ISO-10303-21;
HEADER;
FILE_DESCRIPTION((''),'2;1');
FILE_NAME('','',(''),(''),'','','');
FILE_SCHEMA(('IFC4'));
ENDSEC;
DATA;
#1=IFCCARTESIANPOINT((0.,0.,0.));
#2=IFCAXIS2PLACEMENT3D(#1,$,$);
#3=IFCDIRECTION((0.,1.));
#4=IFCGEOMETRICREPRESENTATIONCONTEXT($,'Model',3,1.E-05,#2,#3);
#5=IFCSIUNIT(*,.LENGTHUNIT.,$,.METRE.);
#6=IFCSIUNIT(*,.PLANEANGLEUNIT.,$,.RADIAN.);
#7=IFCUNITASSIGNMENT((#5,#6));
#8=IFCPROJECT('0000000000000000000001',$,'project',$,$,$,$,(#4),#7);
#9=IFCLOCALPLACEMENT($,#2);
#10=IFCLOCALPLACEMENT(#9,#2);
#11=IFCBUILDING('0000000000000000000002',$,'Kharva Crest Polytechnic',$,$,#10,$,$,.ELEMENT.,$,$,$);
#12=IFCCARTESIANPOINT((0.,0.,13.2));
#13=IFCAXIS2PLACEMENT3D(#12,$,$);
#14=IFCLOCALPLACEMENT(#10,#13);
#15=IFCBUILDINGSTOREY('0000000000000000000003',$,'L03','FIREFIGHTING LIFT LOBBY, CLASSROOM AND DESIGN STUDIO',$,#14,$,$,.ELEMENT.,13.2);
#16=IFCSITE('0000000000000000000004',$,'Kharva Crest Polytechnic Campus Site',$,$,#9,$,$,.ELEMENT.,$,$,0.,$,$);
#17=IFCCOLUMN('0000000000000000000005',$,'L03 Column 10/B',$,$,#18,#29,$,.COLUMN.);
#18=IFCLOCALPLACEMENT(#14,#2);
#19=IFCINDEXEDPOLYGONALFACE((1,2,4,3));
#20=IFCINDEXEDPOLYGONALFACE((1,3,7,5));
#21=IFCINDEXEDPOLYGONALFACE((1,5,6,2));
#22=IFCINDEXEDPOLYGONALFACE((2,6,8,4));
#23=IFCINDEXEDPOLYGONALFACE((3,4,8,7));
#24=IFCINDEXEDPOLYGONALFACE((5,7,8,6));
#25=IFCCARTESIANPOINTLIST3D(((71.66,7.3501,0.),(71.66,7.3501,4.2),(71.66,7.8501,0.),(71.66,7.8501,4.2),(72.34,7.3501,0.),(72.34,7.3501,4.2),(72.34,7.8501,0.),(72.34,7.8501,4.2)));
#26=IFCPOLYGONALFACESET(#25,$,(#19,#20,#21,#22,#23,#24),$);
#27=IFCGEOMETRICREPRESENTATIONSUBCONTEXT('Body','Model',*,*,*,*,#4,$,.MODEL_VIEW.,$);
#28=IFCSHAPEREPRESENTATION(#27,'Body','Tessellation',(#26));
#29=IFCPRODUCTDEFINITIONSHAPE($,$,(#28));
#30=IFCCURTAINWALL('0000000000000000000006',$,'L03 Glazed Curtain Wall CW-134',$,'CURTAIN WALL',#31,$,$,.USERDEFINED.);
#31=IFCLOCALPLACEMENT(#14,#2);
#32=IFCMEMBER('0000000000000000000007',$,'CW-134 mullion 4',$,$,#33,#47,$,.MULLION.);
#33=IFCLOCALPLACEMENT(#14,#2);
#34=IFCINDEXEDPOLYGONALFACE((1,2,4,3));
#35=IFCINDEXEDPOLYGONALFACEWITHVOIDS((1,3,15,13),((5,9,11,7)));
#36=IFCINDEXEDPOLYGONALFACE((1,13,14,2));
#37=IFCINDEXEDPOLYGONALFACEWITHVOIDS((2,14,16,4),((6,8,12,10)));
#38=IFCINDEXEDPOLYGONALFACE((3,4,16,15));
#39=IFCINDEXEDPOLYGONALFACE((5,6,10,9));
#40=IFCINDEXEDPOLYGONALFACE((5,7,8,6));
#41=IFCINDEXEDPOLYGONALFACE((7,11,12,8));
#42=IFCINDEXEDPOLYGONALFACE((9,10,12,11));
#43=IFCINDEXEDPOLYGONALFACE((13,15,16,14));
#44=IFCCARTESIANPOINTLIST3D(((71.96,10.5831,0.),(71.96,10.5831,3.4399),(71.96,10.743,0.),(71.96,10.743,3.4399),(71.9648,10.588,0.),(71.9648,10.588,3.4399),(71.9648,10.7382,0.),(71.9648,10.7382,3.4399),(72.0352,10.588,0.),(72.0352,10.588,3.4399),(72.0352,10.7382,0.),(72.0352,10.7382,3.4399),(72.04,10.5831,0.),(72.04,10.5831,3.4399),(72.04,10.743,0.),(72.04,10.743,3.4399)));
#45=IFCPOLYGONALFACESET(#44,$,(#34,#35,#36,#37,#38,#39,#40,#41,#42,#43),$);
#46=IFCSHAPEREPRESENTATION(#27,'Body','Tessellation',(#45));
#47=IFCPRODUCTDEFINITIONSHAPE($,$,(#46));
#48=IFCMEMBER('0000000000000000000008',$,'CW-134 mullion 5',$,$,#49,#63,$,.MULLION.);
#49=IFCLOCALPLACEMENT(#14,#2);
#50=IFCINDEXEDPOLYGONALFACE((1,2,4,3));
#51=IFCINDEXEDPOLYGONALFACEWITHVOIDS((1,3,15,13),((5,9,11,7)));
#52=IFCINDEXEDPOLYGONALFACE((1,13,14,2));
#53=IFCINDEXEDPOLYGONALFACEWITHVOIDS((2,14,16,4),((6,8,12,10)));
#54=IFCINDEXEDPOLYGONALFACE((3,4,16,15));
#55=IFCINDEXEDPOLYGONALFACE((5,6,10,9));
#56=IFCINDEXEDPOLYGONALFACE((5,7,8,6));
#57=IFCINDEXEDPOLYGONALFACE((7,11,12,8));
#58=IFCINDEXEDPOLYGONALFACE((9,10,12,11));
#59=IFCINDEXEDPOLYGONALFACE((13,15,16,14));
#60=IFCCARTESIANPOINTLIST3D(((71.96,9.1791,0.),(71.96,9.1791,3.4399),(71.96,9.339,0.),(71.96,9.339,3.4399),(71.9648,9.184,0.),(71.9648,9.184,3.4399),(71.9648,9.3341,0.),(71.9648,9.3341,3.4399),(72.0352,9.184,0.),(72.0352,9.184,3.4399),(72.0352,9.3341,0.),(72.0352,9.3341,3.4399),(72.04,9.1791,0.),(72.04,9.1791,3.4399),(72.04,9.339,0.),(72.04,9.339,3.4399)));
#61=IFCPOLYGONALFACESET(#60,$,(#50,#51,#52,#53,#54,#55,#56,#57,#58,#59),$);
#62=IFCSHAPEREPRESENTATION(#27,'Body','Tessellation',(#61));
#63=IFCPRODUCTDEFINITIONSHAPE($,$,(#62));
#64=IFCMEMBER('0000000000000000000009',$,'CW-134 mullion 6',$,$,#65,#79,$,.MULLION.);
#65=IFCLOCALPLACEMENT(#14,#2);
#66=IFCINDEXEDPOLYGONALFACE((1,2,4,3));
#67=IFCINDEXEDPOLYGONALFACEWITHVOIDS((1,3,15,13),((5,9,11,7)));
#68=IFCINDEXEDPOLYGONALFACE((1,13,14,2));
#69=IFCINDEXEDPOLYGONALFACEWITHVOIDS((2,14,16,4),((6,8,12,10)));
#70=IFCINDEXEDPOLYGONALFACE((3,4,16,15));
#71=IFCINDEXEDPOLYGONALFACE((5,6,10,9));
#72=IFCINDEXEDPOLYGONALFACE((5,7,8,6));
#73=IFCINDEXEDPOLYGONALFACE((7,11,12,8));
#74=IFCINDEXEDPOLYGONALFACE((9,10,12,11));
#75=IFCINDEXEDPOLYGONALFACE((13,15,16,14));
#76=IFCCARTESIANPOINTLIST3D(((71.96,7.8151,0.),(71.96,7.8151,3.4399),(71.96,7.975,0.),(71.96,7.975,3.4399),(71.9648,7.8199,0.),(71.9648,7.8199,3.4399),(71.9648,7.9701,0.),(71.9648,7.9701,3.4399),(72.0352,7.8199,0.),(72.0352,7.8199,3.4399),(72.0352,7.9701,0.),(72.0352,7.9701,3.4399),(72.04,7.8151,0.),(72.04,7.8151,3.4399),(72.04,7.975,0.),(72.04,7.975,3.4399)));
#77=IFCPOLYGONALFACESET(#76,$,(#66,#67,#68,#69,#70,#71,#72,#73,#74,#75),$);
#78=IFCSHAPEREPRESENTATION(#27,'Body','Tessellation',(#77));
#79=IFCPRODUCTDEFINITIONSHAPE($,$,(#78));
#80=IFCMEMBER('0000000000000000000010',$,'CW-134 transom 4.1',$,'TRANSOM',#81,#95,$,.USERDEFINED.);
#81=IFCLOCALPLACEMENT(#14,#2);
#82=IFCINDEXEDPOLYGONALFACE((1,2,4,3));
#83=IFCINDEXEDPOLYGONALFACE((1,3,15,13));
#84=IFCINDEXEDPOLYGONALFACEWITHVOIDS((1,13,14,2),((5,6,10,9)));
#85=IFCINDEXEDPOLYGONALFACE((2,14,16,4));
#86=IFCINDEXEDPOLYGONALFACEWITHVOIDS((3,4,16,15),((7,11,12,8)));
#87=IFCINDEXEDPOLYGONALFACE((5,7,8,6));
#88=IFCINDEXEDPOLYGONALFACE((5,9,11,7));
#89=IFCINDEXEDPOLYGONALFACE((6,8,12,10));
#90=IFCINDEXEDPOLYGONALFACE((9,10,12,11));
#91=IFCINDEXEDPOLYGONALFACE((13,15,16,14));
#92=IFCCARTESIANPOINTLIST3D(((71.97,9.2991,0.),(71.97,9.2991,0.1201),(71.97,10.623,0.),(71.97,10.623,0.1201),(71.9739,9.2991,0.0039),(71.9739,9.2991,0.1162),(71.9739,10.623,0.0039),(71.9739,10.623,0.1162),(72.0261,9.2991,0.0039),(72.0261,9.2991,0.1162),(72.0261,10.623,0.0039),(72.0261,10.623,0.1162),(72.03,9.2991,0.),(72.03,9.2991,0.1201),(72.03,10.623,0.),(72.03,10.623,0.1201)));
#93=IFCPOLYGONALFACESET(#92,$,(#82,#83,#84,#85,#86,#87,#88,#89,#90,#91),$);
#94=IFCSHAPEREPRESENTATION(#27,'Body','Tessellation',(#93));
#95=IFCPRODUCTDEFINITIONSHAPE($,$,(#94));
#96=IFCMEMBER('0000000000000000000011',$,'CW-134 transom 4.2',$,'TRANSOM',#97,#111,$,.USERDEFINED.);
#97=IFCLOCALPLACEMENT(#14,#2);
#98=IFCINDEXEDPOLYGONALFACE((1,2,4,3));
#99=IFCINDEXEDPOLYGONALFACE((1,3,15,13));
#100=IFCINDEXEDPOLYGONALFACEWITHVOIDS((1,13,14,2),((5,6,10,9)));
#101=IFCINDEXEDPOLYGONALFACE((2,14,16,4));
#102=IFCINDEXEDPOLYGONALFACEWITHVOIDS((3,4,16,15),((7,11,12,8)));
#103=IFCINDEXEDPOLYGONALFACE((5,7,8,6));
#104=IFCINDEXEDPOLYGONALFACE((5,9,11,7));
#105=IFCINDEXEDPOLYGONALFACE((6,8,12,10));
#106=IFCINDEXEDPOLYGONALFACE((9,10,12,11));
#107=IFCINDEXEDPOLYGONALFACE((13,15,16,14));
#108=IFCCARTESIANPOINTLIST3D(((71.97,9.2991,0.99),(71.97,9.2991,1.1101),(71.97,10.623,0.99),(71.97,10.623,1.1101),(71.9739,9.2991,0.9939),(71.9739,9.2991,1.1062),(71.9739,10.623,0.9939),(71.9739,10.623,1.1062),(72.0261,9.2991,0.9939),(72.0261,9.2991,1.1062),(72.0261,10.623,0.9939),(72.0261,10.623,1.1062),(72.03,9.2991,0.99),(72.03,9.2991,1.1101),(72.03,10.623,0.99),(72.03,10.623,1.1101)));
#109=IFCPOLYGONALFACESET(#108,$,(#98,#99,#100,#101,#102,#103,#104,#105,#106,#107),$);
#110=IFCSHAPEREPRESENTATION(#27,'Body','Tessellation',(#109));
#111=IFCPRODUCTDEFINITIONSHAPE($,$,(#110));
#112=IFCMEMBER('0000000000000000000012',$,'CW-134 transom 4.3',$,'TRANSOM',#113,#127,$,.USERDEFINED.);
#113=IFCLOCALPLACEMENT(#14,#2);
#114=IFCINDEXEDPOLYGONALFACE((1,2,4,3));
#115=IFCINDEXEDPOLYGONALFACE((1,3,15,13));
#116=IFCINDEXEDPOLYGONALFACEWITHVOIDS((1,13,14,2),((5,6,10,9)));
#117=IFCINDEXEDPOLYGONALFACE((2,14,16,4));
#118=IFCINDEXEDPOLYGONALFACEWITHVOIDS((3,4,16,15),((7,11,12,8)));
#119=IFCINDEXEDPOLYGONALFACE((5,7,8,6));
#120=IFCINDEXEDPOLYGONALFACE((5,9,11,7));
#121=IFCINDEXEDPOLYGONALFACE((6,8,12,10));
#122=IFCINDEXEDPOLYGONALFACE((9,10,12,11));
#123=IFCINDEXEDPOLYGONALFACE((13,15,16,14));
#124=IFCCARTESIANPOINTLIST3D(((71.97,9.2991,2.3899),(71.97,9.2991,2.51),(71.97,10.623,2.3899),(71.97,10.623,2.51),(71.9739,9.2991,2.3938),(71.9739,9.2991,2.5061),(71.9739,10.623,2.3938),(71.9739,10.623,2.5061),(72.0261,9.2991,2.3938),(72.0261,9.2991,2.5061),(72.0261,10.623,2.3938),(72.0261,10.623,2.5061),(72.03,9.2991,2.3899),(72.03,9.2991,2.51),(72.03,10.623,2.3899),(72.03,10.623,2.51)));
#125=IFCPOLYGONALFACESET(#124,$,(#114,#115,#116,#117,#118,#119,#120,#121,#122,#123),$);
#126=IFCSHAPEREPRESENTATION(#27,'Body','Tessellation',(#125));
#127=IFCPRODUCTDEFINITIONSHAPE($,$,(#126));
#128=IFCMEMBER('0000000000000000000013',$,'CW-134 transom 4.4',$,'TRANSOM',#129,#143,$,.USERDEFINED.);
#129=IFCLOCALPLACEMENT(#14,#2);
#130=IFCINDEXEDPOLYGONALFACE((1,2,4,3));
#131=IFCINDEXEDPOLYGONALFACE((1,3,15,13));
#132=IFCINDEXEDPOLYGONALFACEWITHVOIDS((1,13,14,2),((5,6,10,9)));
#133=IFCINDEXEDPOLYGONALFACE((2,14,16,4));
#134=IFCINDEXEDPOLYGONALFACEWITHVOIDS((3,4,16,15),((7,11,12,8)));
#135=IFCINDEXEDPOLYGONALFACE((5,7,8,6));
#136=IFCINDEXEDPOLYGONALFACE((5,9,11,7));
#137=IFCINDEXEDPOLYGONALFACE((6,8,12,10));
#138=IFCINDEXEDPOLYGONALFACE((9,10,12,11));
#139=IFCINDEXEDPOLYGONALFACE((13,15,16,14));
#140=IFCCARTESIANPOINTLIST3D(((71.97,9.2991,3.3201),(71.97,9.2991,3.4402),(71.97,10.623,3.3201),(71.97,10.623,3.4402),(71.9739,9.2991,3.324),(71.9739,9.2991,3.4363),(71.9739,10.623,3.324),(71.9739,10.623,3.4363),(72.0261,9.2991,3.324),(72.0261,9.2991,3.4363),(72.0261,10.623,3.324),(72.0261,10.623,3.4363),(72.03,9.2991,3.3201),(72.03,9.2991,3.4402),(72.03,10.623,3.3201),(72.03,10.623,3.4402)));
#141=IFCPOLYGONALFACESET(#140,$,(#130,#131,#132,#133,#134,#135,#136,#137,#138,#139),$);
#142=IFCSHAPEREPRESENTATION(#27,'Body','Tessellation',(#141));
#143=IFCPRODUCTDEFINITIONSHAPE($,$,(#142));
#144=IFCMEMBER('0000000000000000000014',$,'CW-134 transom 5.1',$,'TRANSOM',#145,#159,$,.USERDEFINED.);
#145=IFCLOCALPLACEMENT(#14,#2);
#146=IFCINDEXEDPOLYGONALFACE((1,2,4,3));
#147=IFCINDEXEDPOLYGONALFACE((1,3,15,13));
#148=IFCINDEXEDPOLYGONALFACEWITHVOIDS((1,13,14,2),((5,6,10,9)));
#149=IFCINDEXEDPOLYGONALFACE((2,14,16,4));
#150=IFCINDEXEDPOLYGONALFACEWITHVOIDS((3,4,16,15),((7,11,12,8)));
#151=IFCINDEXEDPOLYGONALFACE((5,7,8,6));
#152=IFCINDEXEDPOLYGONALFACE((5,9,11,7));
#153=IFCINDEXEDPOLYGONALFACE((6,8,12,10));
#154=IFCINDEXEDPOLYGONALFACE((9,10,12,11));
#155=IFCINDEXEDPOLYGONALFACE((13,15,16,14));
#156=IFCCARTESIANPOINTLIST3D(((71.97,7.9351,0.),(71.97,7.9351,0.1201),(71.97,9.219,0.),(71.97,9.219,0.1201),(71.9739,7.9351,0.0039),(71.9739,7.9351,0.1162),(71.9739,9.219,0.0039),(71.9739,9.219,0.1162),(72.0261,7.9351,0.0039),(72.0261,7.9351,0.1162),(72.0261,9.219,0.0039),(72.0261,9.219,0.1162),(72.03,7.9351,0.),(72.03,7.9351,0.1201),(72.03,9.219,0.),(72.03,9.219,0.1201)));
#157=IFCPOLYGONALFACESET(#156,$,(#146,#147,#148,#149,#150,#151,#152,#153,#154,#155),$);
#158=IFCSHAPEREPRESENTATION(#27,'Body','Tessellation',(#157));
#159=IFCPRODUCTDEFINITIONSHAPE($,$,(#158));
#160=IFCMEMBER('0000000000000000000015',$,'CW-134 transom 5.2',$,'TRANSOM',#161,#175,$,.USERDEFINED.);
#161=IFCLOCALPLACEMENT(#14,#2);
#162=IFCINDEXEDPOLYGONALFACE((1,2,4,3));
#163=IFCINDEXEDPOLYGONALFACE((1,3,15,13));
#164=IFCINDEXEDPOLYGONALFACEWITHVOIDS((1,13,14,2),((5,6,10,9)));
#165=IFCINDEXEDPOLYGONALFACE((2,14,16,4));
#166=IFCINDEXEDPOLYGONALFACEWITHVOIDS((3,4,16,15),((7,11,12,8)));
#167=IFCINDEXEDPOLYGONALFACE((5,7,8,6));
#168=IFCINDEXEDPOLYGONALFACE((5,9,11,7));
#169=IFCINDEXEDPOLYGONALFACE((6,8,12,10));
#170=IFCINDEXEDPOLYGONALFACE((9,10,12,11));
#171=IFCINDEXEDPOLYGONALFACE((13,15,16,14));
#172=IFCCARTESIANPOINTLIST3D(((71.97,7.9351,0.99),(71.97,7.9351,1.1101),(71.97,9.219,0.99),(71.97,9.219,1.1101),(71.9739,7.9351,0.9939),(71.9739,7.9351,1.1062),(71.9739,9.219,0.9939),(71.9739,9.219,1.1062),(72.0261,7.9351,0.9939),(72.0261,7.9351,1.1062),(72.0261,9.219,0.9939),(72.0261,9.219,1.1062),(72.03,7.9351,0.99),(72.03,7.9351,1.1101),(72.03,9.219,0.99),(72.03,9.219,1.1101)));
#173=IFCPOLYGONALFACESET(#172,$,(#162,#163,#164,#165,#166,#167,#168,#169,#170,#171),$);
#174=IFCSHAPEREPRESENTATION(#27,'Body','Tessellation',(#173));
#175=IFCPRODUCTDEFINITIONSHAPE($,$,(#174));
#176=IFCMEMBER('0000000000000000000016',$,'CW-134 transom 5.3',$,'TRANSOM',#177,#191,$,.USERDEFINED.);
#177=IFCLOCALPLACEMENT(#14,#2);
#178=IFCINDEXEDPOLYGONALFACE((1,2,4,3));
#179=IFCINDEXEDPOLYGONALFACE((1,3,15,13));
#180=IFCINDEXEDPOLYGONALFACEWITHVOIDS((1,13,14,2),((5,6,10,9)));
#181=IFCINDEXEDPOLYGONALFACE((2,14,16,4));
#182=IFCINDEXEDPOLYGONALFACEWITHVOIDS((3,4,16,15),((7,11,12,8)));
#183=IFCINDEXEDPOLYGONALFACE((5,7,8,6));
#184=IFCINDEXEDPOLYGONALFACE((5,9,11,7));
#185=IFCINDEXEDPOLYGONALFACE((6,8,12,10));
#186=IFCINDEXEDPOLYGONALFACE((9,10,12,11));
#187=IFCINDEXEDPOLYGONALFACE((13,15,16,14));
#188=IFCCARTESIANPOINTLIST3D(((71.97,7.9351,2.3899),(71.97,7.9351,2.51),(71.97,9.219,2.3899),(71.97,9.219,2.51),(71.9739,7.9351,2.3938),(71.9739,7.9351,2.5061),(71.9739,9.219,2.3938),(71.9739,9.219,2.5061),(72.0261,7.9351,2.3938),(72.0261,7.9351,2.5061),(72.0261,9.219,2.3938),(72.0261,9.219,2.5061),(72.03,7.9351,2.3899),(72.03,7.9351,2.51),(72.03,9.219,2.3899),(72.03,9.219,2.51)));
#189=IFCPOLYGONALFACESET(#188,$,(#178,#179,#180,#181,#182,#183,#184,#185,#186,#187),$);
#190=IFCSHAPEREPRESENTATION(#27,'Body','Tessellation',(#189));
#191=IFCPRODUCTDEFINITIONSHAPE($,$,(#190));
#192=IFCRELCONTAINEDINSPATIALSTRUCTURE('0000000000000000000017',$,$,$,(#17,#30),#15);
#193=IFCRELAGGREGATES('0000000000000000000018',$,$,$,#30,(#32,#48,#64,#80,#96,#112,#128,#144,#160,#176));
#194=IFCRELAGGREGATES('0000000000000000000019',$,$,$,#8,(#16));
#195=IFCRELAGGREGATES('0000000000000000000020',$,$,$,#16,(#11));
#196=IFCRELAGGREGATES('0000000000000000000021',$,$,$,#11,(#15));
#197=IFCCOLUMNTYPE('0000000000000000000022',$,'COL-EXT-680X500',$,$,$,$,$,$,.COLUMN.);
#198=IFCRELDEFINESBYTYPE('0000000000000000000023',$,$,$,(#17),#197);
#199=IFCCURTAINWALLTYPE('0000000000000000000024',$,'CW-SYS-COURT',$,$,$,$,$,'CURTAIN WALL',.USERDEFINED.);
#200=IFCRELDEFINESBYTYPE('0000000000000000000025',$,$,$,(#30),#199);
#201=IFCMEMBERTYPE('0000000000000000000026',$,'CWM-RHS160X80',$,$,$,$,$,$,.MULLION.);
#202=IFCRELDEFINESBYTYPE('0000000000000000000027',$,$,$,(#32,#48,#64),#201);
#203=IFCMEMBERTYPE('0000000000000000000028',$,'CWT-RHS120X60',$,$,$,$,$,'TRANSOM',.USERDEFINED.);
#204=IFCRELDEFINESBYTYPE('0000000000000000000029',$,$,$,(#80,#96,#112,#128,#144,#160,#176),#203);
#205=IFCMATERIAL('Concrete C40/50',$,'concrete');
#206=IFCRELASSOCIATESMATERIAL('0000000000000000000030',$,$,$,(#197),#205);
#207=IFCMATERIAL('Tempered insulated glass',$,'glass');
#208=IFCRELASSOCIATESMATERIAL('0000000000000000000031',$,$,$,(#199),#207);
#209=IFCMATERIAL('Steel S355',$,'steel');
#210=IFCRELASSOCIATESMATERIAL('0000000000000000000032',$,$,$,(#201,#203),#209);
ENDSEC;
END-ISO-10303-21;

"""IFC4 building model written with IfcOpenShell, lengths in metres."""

from ifc_helpers import new_model, si_unit, direction, frame, origin, origin_2d, place, context, subcontext, project, spatial, rectangle, hollow_rectangle, extrude, material, material_profile, profile_set, type_object, element, aggregate, save


model = new_model("IFC4")

# Units and contexts
model_context = context("Model", 3, precision=1e-05, world=origin(), true_north=direction((0.0, 1.0)))
body_context = subcontext(model_context, "Body", "Model", "MODEL_VIEW")
ifc_project = project(units=[si_unit("LENGTHUNIT", "METRE"), si_unit("PLANEANGLEUNIT", "RADIAN")], contexts=[model_context])

# Site, building, storey
site_placement = place(None, origin())
site = spatial("IfcSite", under=ifc_project, at=site_placement, Name="Kharva Crest Polytechnic Campus Site", CompositionType="ELEMENT", RefElevation=0.0)
building_placement = place(site_placement, origin())
building = spatial("IfcBuilding", under=site, at=building_placement, Name="Kharva Crest Polytechnic", CompositionType="ELEMENT")
storey_placement = place(building_placement, frame((0.0, 0.0, 13.2)))
storey = spatial("IfcBuildingStorey", under=building, at=storey_placement, Name="L03", Description="FIREFIGHTING LIFT LOBBY, CLASSROOM AND DESIGN STUDIO", CompositionType="ELEMENT", Elevation=13.2)

# Column
ifc_material_1 = material(Name="Concrete C40/50", Category="concrete")
ifc_material_profile_1 = material_profile(ifc_material_1, rectangle(XDim=0.6799, YDim=0.5, at=origin_2d()), Name="RECT 680 X 500")
ifc_profile_set_1 = profile_set([ifc_material_profile_1], Name="Concrete C40/50")
column_type = type_object("IfcColumnType", Name="COL-EXT-680X500", PredefinedType="COLUMN", material=ifc_profile_set_1)
column_placement = place(storey_placement, frame((72.0, 7.6001, 0.0), z_axis=(0.0, 0.0, 1.0), x_axis=(1.0, 0.0, 0.0)))
element("IfcColumn", 1, at=column_placement, inside=storey, type_object=column_type, Name="L03 Column 10/B", PredefinedType="COLUMN", context=body_context, shape_type="SweptSolid", body=[
    extrude(rectangle(XDim=0.6799, YDim=0.5, at=origin_2d()), origin(), (0.0, 0.0, 1.0), 4.2),
])

# Curtain wall, members
ifc_material_2 = material(Name="Tempered insulated glass", Category="glass")
curtain_wall_type = type_object("IfcCurtainWallType", Name="CW-SYS-COURT", ElementType="CURTAIN WALL", PredefinedType="USERDEFINED", material=ifc_material_2)
curtain_wall_placement = place(storey_placement, origin())
curtain_wall = element("IfcCurtainWall", 2, at=curtain_wall_placement, inside=storey, type_object=curtain_wall_type, Name="L03 Glazed Curtain Wall CW-134", ObjectType="CURTAIN WALL", PredefinedType="USERDEFINED")
ifc_material_3 = material(Name="Steel S355", Category="steel")
ifc_material_profile_2 = material_profile(ifc_material_3, hollow_rectangle(XDim=0.0801, YDim=0.1599, WallThickness=0.0049, at=origin_2d()), Name="RHS 160X80X5.0")
ifc_profile_set_2 = profile_set([ifc_material_profile_2], Name="Steel S355")
member_type_1 = type_object("IfcMemberType", Name="CWM-RHS160X80", PredefinedType="MULLION", material=ifc_profile_set_2)
member_1_placement = place(storey_placement, frame((72.0, 10.6631, 0.0), z_axis=(0.0, 0.0, 1.0), x_axis=(1.0, 0.0, 0.0)))
member_1 = element("IfcMember", 3, at=member_1_placement, type_object=member_type_1, Name="CW-134 mullion 4", PredefinedType="MULLION", context=body_context, shape_type="SweptSolid", body=[
    extrude(hollow_rectangle(XDim=0.0801, YDim=0.1599, WallThickness=0.0049, at=origin_2d()), origin(), (0.0, 0.0, 1.0), 3.4399),
])
member_2_placement = place(storey_placement, frame((72.0, 9.259, 0.0), z_axis=(0.0, 0.0, 1.0), x_axis=(1.0, 0.0, 0.0)))
member_2 = element("IfcMember", 4, at=member_2_placement, type_object=member_type_1, Name="CW-134 mullion 5", PredefinedType="MULLION", context=body_context, shape_type="SweptSolid", body=[
    extrude(hollow_rectangle(XDim=0.0801, YDim=0.1599, WallThickness=0.0049, at=origin_2d()), origin(), (0.0, 0.0, 1.0), 3.4399),
])
member_3_placement = place(storey_placement, frame((72.0, 7.895, 0.0), z_axis=(0.0, 0.0, 1.0), x_axis=(1.0, 0.0, 0.0)))
member_3 = element("IfcMember", 5, at=member_3_placement, type_object=member_type_1, Name="CW-134 mullion 6", PredefinedType="MULLION", context=body_context, shape_type="SweptSolid", body=[
    extrude(hollow_rectangle(XDim=0.0801, YDim=0.1599, WallThickness=0.0049, at=origin_2d()), origin(), (0.0, 0.0, 1.0), 3.4399),
])
ifc_material_profile_3 = material_profile(ifc_material_3, hollow_rectangle(XDim=0.0601, YDim=0.1201, WallThickness=0.0039, at=origin_2d()), Name="RHS 120X60X4.0")
ifc_profile_set_3 = profile_set([ifc_material_profile_3], Name="Steel S355")
member_type_2 = type_object("IfcMemberType", Name="CWT-RHS120X60", ElementType="TRANSOM", PredefinedType="USERDEFINED", material=ifc_profile_set_3)
member_4_placement = place(storey_placement, frame((72.0, 10.623, 0.0601), z_axis=(0.0, -1.0, 0.0), x_axis=(1.0, 0.0, 0.0)))
member_4 = element("IfcMember", 6, at=member_4_placement, type_object=member_type_2, Name="CW-134 transom 4.1", ObjectType="TRANSOM", PredefinedType="USERDEFINED", context=body_context, shape_type="SweptSolid", body=[
    extrude(hollow_rectangle(XDim=0.0601, YDim=0.1201, WallThickness=0.0039, at=origin_2d()), origin(), (0.0, 0.0, 1.0), 1.324),
])
member_5_placement = place(storey_placement, frame((72.0, 10.623, 1.05), z_axis=(0.0, -1.0, 0.0), x_axis=(1.0, 0.0, 0.0)))
member_5 = element("IfcMember", 7, at=member_5_placement, type_object=member_type_2, Name="CW-134 transom 4.2", ObjectType="TRANSOM", PredefinedType="USERDEFINED", context=body_context, shape_type="SweptSolid", body=[
    extrude(hollow_rectangle(XDim=0.0601, YDim=0.1201, WallThickness=0.0039, at=origin_2d()), origin(), (0.0, 0.0, 1.0), 1.324),
])
member_6_placement = place(storey_placement, frame((72.0, 10.623, 2.45), z_axis=(0.0, -1.0, 0.0), x_axis=(1.0, 0.0, 0.0)))
member_6 = element("IfcMember", 8, at=member_6_placement, type_object=member_type_2, Name="CW-134 transom 4.3", ObjectType="TRANSOM", PredefinedType="USERDEFINED", context=body_context, shape_type="SweptSolid", body=[
    extrude(hollow_rectangle(XDim=0.0601, YDim=0.1201, WallThickness=0.0039, at=origin_2d()), origin(), (0.0, 0.0, 1.0), 1.324),
])
member_7_placement = place(storey_placement, frame((72.0, 10.623, 3.3801), z_axis=(0.0, -1.0, 0.0), x_axis=(1.0, 0.0, 0.0)))
member_7 = element("IfcMember", 9, at=member_7_placement, type_object=member_type_2, Name="CW-134 transom 4.4", ObjectType="TRANSOM", PredefinedType="USERDEFINED", context=body_context, shape_type="SweptSolid", body=[
    extrude(hollow_rectangle(XDim=0.0601, YDim=0.1201, WallThickness=0.0039, at=origin_2d()), origin(), (0.0, 0.0, 1.0), 1.324),
])
member_8_placement = place(storey_placement, frame((72.0, 9.219, 0.0601), z_axis=(0.0, -1.0, 0.0), x_axis=(1.0, 0.0, 0.0)))
member_8 = element("IfcMember", 10, at=member_8_placement, type_object=member_type_2, Name="CW-134 transom 5.1", ObjectType="TRANSOM", PredefinedType="USERDEFINED", context=body_context, shape_type="SweptSolid", body=[
    extrude(hollow_rectangle(XDim=0.0601, YDim=0.1201, WallThickness=0.0039, at=origin_2d()), origin(), (0.0, 0.0, 1.0), 1.2839),
])
member_9_placement = place(storey_placement, frame((72.0, 9.219, 1.05), z_axis=(0.0, -1.0, 0.0), x_axis=(1.0, 0.0, 0.0)))
member_9 = element("IfcMember", 11, at=member_9_placement, type_object=member_type_2, Name="CW-134 transom 5.2", ObjectType="TRANSOM", PredefinedType="USERDEFINED", context=body_context, shape_type="SweptSolid", body=[
    extrude(hollow_rectangle(XDim=0.0601, YDim=0.1201, WallThickness=0.0039, at=origin_2d()), origin(), (0.0, 0.0, 1.0), 1.2839),
])
member_10_placement = place(storey_placement, frame((72.0, 9.219, 2.45), z_axis=(0.0, -1.0, 0.0), x_axis=(1.0, 0.0, 0.0)))
member_10 = element("IfcMember", 12, at=member_10_placement, type_object=member_type_2, Name="CW-134 transom 5.3", ObjectType="TRANSOM", PredefinedType="USERDEFINED", context=body_context, shape_type="SweptSolid", body=[
    extrude(hollow_rectangle(XDim=0.0601, YDim=0.1201, WallThickness=0.0039, at=origin_2d()), origin(), (0.0, 0.0, 1.0), 1.2839),
])

aggregate(curtain_wall, [member_1, member_2, member_3, member_4, member_5, member_6, member_7, member_8, member_9, member_10])

save(model, "model.ifc")
